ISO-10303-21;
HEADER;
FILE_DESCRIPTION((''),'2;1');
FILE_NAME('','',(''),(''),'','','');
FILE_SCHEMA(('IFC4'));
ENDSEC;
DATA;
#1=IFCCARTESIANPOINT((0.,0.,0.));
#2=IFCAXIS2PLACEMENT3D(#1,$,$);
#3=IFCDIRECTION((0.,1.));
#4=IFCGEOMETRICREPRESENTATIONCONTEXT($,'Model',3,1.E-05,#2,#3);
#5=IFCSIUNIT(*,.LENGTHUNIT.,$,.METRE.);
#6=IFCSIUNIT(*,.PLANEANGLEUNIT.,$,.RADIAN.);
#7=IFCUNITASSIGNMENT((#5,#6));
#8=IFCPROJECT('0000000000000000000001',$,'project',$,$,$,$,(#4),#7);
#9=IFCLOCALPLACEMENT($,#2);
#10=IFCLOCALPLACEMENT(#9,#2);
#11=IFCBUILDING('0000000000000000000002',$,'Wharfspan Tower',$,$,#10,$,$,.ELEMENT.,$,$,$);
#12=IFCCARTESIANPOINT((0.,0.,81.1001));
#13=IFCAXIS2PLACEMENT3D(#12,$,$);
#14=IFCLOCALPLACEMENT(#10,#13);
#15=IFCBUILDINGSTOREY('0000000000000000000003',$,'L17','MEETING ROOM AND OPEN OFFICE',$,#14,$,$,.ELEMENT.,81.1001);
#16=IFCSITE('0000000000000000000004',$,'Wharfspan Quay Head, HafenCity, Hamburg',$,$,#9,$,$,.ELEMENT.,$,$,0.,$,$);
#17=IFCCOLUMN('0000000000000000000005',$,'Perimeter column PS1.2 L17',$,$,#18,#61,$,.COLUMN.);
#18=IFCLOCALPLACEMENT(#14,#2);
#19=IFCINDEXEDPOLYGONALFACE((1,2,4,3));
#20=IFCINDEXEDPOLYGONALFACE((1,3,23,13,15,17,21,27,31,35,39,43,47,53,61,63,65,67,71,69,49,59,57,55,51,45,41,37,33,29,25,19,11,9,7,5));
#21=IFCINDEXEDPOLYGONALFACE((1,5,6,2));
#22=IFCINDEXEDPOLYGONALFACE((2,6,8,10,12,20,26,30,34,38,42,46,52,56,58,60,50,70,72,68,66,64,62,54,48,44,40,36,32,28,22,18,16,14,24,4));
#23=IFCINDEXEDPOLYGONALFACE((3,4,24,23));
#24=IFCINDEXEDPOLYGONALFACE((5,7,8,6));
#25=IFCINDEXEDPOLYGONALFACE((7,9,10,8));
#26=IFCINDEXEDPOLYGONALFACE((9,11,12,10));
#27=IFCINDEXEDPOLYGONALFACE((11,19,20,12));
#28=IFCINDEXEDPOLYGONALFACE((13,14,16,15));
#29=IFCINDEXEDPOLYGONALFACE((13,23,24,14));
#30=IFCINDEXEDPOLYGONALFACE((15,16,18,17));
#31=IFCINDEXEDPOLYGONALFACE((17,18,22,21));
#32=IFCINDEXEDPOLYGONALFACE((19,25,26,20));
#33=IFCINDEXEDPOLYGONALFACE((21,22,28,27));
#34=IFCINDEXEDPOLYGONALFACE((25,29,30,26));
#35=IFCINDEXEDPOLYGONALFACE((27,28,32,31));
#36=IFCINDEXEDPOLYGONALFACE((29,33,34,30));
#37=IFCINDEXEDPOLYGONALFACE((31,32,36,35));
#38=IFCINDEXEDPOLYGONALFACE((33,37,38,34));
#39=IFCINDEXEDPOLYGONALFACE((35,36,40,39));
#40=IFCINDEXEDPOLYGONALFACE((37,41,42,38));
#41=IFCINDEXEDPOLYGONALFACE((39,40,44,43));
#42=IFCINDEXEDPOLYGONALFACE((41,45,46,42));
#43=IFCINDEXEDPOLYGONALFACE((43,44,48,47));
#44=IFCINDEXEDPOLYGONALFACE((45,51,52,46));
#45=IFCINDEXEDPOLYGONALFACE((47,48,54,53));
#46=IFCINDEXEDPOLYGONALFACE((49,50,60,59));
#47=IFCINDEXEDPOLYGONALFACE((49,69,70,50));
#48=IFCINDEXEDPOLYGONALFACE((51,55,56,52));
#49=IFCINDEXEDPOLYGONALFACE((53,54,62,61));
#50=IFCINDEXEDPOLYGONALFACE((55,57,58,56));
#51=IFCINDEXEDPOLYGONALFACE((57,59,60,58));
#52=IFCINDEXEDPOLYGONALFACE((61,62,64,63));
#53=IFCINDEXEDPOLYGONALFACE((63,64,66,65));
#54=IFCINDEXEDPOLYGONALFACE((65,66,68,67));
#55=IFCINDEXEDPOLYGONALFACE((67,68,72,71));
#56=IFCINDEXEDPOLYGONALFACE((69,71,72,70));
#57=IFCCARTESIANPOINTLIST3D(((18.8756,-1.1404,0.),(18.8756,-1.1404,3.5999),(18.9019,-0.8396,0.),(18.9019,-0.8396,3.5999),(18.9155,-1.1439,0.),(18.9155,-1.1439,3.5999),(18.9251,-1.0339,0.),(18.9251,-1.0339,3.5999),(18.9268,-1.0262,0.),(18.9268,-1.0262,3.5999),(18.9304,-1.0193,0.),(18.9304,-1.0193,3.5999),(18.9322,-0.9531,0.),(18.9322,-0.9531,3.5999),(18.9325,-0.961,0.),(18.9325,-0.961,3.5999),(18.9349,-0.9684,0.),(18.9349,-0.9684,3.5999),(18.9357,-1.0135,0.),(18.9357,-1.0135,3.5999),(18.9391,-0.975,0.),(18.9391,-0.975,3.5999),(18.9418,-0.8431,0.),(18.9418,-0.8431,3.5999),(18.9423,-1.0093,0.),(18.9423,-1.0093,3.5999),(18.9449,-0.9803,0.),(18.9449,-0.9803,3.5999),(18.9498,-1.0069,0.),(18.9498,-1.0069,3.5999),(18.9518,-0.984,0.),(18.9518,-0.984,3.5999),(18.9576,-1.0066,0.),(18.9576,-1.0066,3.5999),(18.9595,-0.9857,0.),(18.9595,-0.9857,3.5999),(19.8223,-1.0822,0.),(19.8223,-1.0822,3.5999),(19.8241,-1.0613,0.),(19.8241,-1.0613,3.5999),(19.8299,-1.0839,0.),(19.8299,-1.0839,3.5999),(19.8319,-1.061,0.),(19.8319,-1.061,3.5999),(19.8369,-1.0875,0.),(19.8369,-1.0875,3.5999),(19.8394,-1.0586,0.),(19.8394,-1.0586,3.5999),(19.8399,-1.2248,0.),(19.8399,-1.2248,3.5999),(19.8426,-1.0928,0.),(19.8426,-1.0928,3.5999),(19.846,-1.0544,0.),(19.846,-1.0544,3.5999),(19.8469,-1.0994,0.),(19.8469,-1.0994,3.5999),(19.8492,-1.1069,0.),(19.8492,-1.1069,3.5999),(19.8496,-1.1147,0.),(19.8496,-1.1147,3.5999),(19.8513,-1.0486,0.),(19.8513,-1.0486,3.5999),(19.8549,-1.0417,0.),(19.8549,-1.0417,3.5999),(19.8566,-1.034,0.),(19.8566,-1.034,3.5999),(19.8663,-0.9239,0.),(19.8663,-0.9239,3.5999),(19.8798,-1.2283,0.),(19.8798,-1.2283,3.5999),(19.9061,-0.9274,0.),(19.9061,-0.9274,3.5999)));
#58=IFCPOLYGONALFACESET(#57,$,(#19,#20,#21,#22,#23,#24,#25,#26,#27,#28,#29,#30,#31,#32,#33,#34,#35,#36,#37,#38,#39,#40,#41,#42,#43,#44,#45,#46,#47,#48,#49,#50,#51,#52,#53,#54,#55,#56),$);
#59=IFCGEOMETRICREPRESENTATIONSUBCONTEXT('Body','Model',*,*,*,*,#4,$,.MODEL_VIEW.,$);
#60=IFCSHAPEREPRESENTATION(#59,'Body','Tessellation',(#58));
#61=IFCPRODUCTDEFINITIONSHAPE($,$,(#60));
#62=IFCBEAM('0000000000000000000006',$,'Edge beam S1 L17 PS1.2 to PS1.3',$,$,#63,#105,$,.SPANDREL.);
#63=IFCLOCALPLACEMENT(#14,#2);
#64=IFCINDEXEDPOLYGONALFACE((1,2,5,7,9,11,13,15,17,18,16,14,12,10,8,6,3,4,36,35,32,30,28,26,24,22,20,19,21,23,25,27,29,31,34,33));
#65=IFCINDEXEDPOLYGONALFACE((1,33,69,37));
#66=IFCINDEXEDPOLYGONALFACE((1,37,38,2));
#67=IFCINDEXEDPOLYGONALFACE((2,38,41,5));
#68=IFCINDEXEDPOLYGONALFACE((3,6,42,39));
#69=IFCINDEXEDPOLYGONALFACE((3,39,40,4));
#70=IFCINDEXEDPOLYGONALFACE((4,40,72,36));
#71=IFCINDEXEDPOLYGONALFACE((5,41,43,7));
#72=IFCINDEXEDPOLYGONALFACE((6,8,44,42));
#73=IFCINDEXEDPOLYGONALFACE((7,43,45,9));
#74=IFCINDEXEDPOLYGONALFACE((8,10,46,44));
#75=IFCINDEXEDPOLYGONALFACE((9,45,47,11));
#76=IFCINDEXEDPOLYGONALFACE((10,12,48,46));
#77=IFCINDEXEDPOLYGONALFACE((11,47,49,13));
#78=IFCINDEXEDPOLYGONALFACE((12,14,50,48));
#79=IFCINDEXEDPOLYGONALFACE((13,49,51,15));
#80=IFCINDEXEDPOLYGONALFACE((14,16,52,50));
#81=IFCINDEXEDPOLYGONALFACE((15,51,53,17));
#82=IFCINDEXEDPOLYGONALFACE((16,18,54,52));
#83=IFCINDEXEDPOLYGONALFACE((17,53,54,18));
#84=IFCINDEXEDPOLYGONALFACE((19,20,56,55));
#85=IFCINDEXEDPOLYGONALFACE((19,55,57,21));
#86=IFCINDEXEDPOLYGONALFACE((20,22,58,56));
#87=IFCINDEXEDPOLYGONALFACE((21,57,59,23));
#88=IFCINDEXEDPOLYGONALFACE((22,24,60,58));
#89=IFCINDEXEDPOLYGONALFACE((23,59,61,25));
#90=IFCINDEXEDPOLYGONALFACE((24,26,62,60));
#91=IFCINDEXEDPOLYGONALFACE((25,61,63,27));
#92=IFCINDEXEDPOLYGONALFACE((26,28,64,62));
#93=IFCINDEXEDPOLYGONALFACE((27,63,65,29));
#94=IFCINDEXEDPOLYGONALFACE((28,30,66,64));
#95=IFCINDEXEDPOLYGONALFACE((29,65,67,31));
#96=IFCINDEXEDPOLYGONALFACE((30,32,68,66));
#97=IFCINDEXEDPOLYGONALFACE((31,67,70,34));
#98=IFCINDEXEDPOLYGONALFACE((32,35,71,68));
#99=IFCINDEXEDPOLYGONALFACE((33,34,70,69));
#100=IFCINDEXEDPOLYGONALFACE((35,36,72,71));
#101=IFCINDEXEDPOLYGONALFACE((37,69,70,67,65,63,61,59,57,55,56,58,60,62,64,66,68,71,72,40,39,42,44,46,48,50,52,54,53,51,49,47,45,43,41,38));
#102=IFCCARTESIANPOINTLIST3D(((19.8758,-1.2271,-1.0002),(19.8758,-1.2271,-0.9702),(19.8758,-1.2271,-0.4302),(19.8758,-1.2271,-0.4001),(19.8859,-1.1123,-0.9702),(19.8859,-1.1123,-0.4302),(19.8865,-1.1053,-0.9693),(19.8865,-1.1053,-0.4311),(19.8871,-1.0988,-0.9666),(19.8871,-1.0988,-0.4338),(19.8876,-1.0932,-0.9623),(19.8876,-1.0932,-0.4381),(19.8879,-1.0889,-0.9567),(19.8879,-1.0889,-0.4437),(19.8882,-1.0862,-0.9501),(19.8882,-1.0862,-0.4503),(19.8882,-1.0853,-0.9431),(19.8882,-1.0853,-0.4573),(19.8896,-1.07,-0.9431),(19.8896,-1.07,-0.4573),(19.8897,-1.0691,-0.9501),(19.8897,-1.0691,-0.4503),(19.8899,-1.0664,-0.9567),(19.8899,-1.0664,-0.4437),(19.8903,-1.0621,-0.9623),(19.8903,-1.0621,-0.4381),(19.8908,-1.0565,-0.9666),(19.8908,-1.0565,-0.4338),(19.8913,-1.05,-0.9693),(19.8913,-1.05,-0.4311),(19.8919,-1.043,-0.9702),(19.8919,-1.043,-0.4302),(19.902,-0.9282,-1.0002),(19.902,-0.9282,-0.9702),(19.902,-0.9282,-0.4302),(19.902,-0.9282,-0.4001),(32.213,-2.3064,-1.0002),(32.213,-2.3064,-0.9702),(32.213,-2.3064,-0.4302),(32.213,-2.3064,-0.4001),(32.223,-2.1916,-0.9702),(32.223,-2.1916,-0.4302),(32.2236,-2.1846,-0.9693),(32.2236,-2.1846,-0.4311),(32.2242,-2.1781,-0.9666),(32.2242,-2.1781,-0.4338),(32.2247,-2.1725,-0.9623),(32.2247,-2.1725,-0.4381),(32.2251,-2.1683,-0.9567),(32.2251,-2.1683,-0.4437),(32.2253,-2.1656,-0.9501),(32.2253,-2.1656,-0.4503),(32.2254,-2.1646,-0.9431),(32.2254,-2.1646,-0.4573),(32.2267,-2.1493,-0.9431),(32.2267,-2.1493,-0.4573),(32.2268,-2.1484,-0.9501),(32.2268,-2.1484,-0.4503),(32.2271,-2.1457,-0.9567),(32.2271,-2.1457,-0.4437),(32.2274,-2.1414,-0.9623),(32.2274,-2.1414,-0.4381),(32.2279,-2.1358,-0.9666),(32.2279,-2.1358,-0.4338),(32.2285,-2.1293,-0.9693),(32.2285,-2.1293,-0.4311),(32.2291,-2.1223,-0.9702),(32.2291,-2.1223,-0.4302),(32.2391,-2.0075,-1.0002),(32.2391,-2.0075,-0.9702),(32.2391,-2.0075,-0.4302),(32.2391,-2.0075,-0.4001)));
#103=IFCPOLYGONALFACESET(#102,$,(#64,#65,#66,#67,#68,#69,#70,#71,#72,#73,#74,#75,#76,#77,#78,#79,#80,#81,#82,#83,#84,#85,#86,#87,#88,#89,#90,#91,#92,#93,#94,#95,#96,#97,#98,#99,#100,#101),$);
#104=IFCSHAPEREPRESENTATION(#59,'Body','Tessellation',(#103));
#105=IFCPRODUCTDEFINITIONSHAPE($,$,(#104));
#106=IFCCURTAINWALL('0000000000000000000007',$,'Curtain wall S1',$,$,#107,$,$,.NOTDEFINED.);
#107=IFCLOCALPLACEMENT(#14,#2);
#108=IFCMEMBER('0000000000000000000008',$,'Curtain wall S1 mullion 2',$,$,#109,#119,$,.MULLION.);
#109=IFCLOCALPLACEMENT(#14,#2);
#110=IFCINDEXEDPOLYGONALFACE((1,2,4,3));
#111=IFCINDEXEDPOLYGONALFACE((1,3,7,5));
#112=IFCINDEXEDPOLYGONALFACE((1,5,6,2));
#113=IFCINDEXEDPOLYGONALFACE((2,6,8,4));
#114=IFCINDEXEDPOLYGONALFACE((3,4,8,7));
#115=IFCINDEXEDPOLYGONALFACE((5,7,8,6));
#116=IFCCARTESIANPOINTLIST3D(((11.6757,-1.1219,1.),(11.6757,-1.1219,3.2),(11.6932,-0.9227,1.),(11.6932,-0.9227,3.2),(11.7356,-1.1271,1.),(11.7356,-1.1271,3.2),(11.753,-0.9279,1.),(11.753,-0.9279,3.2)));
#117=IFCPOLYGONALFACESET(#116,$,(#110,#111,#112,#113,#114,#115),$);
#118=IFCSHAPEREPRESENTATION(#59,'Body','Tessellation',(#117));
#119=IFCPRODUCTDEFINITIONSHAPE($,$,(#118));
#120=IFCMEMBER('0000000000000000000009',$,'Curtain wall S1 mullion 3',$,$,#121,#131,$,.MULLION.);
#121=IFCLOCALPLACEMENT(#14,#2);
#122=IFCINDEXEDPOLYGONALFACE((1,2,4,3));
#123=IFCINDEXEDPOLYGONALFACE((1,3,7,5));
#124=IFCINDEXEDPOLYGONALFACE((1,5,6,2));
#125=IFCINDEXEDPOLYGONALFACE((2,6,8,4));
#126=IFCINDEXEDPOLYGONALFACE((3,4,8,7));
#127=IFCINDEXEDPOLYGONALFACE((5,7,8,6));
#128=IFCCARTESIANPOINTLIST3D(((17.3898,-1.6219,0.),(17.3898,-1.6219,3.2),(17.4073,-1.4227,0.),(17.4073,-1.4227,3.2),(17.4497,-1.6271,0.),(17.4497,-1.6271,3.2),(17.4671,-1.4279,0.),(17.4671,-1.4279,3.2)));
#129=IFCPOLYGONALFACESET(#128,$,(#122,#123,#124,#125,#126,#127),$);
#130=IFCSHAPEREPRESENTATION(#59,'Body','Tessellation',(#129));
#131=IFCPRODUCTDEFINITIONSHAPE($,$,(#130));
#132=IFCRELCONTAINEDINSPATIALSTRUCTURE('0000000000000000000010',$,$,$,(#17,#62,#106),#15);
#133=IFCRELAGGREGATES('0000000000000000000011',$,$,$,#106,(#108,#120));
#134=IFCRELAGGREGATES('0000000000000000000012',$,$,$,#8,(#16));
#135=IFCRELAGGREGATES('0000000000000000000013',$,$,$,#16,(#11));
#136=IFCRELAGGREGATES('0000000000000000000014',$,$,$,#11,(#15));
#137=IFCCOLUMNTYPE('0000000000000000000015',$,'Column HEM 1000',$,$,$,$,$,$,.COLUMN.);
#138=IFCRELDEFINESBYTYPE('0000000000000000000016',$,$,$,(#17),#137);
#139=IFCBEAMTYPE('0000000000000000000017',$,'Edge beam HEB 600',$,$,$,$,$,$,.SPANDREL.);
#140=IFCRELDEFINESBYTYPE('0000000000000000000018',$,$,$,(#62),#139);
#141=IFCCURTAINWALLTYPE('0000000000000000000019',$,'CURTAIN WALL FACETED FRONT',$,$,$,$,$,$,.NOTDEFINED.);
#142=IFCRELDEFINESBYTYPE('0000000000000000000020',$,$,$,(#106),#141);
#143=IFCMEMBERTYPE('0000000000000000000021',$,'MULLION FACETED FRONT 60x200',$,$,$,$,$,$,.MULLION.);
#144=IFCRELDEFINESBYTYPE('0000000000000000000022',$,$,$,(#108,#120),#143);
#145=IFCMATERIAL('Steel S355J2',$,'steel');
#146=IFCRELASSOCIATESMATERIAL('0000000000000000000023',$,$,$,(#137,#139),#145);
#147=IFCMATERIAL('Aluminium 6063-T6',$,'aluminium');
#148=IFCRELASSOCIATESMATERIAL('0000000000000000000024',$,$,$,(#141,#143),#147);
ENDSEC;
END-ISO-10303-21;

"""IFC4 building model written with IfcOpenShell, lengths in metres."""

from ifc_helpers import new_model, si_unit, direction, frame, origin, origin_2d, place, context, subcontext, project, spatial, rectangle, i_section, extrude, material, material_profile, profile_set, type_object, element, aggregate, save


model = new_model("IFC4")

# Units and contexts
model_context = context("Model", 3, precision=1e-05, world=origin(), true_north=direction((0.0, 1.0)))
body_context = subcontext(model_context, "Body", "Model", "MODEL_VIEW")
ifc_project = project(units=[si_unit("LENGTHUNIT", "METRE"), si_unit("PLANEANGLEUNIT", "RADIAN")], contexts=[model_context])

# Site, building, storey
site_placement = place(None, origin())
site = spatial("IfcSite", under=ifc_project, at=site_placement, Name="Wharfspan Quay Head, HafenCity, Hamburg", CompositionType="ELEMENT", RefElevation=0.0)
building_placement = place(site_placement, origin())
building = spatial("IfcBuilding", under=site, at=building_placement, Name="Wharfspan Tower", CompositionType="ELEMENT")
storey_placement = place(building_placement, frame((0.0, 0.0, 81.1001)))
storey = spatial("IfcBuildingStorey", under=building, at=storey_placement, Name="L17", Description="MEETING ROOM AND OPEN OFFICE", CompositionType="ELEMENT", Elevation=81.1001)

# Column
ifc_material_1 = material(Name="Steel S355J2", Category="steel")
ifc_material_profile_1 = material_profile(ifc_material_1, i_section(OverallWidth=0.302, OverallDepth=1.0081, WebThickness=0.021, FlangeThickness=0.04, FilletRadius=0.03, at=origin_2d()))
ifc_profile_set_1 = profile_set([ifc_material_profile_1], Name="Steel S355J2")
column_type = type_object("IfcColumnType", Name="Column HEM 1000", PredefinedType="COLUMN", material=ifc_profile_set_1)
column_placement = place(storey_placement, frame((19.3909, -1.0339, 0.0), z_axis=(0.0, 0.0, 1.0), x_axis=(-0.087156, -0.996198, 0.0)))
element("IfcColumn", 1, at=column_placement, inside=storey, type_object=column_type, Name="Perimeter column PS1.2 L17", PredefinedType="COLUMN", context=body_context, shape_type="SweptSolid", body=[
    extrude(i_section(OverallWidth=0.302, OverallDepth=1.0081, WebThickness=0.021, FlangeThickness=0.04, FilletRadius=0.03, at=origin_2d()), origin(), (0.0, 0.0, 1.0), 3.5999),
])

# Beam
ifc_material_profile_2 = material_profile(ifc_material_1, i_section(OverallWidth=0.3, OverallDepth=0.6001, WebThickness=0.0154, FlangeThickness=0.03, FilletRadius=0.0271, at=origin_2d()))
ifc_profile_set_2 = profile_set([ifc_material_profile_2], Name="Steel S355J2")
beam_type = type_object("IfcBeamType", Name="Edge beam HEB 600", PredefinedType="SPANDREL", material=ifc_profile_set_2)
beam_placement = place(storey_placement, frame((19.8889, -1.0776, -0.7002), z_axis=(0.996195, -0.087154, 0.0), x_axis=(0.087154, 0.996195, 0.0)))
element("IfcBeam", 2, at=beam_placement, inside=storey, type_object=beam_type, Name="Edge beam S1 L17 PS1.2 to PS1.3", PredefinedType="SPANDREL", context=body_context, shape_type="SweptSolid", body=[
    extrude(i_section(OverallWidth=0.3, OverallDepth=0.6001, WebThickness=0.0154, FlangeThickness=0.03, FilletRadius=0.0271, at=origin_2d()), origin(), (0.0, 0.0, 1.0), 12.3843),
])

# Curtain wall, members
ifc_material_2 = material(Name="Aluminium 6063-T6", Category="aluminium")
curtain_wall_type = type_object("IfcCurtainWallType", Name="CURTAIN WALL FACETED FRONT", PredefinedType="NOTDEFINED", material=ifc_material_2)
curtain_wall_placement = place(storey_placement, origin())
curtain_wall = element("IfcCurtainWall", 3, at=curtain_wall_placement, inside=storey, type_object=curtain_wall_type, Name="Curtain wall S1", PredefinedType="NOTDEFINED")
ifc_material_profile_3 = material_profile(ifc_material_2, rectangle(XDim=0.2, YDim=0.0601, at=origin_2d()))
ifc_profile_set_3 = profile_set([ifc_material_profile_3], Name="Aluminium 6063-T6")
member_type_1 = type_object("IfcMemberType", Name="MULLION FACETED FRONT 60x200", PredefinedType="MULLION", material=ifc_profile_set_3)
member_1_placement = place(storey_placement, frame((11.7144, -1.0249, 1.0), z_axis=(0.0, 0.0, 1.0), x_axis=(0.087156, 0.996197, 0.0)))
member_1 = element("IfcMember", 4, at=member_1_placement, type_object=member_type_1, Name="Curtain wall S1 mullion 2", PredefinedType="MULLION", context=body_context, shape_type="SweptSolid", body=[
    extrude(rectangle(XDim=0.2, YDim=0.0601, at=origin_2d()), origin(), (0.0, 0.0, 1.0), 2.2),
])
member_2_placement = place(storey_placement, frame((17.4285, -1.5249, 0.0), z_axis=(0.0, 0.0, 1.0), x_axis=(0.087156, 0.996197, 0.0)))
member_2 = element("IfcMember", 5, at=member_2_placement, type_object=member_type_1, Name="Curtain wall S1 mullion 3", PredefinedType="MULLION", context=body_context, shape_type="SweptSolid", body=[
    extrude(rectangle(XDim=0.2, YDim=0.0601, at=origin_2d()), origin(), (0.0, 0.0, 1.0), 3.2),
])

aggregate(curtain_wall, [member_1, member_2])

save(model, "model.ifc")
